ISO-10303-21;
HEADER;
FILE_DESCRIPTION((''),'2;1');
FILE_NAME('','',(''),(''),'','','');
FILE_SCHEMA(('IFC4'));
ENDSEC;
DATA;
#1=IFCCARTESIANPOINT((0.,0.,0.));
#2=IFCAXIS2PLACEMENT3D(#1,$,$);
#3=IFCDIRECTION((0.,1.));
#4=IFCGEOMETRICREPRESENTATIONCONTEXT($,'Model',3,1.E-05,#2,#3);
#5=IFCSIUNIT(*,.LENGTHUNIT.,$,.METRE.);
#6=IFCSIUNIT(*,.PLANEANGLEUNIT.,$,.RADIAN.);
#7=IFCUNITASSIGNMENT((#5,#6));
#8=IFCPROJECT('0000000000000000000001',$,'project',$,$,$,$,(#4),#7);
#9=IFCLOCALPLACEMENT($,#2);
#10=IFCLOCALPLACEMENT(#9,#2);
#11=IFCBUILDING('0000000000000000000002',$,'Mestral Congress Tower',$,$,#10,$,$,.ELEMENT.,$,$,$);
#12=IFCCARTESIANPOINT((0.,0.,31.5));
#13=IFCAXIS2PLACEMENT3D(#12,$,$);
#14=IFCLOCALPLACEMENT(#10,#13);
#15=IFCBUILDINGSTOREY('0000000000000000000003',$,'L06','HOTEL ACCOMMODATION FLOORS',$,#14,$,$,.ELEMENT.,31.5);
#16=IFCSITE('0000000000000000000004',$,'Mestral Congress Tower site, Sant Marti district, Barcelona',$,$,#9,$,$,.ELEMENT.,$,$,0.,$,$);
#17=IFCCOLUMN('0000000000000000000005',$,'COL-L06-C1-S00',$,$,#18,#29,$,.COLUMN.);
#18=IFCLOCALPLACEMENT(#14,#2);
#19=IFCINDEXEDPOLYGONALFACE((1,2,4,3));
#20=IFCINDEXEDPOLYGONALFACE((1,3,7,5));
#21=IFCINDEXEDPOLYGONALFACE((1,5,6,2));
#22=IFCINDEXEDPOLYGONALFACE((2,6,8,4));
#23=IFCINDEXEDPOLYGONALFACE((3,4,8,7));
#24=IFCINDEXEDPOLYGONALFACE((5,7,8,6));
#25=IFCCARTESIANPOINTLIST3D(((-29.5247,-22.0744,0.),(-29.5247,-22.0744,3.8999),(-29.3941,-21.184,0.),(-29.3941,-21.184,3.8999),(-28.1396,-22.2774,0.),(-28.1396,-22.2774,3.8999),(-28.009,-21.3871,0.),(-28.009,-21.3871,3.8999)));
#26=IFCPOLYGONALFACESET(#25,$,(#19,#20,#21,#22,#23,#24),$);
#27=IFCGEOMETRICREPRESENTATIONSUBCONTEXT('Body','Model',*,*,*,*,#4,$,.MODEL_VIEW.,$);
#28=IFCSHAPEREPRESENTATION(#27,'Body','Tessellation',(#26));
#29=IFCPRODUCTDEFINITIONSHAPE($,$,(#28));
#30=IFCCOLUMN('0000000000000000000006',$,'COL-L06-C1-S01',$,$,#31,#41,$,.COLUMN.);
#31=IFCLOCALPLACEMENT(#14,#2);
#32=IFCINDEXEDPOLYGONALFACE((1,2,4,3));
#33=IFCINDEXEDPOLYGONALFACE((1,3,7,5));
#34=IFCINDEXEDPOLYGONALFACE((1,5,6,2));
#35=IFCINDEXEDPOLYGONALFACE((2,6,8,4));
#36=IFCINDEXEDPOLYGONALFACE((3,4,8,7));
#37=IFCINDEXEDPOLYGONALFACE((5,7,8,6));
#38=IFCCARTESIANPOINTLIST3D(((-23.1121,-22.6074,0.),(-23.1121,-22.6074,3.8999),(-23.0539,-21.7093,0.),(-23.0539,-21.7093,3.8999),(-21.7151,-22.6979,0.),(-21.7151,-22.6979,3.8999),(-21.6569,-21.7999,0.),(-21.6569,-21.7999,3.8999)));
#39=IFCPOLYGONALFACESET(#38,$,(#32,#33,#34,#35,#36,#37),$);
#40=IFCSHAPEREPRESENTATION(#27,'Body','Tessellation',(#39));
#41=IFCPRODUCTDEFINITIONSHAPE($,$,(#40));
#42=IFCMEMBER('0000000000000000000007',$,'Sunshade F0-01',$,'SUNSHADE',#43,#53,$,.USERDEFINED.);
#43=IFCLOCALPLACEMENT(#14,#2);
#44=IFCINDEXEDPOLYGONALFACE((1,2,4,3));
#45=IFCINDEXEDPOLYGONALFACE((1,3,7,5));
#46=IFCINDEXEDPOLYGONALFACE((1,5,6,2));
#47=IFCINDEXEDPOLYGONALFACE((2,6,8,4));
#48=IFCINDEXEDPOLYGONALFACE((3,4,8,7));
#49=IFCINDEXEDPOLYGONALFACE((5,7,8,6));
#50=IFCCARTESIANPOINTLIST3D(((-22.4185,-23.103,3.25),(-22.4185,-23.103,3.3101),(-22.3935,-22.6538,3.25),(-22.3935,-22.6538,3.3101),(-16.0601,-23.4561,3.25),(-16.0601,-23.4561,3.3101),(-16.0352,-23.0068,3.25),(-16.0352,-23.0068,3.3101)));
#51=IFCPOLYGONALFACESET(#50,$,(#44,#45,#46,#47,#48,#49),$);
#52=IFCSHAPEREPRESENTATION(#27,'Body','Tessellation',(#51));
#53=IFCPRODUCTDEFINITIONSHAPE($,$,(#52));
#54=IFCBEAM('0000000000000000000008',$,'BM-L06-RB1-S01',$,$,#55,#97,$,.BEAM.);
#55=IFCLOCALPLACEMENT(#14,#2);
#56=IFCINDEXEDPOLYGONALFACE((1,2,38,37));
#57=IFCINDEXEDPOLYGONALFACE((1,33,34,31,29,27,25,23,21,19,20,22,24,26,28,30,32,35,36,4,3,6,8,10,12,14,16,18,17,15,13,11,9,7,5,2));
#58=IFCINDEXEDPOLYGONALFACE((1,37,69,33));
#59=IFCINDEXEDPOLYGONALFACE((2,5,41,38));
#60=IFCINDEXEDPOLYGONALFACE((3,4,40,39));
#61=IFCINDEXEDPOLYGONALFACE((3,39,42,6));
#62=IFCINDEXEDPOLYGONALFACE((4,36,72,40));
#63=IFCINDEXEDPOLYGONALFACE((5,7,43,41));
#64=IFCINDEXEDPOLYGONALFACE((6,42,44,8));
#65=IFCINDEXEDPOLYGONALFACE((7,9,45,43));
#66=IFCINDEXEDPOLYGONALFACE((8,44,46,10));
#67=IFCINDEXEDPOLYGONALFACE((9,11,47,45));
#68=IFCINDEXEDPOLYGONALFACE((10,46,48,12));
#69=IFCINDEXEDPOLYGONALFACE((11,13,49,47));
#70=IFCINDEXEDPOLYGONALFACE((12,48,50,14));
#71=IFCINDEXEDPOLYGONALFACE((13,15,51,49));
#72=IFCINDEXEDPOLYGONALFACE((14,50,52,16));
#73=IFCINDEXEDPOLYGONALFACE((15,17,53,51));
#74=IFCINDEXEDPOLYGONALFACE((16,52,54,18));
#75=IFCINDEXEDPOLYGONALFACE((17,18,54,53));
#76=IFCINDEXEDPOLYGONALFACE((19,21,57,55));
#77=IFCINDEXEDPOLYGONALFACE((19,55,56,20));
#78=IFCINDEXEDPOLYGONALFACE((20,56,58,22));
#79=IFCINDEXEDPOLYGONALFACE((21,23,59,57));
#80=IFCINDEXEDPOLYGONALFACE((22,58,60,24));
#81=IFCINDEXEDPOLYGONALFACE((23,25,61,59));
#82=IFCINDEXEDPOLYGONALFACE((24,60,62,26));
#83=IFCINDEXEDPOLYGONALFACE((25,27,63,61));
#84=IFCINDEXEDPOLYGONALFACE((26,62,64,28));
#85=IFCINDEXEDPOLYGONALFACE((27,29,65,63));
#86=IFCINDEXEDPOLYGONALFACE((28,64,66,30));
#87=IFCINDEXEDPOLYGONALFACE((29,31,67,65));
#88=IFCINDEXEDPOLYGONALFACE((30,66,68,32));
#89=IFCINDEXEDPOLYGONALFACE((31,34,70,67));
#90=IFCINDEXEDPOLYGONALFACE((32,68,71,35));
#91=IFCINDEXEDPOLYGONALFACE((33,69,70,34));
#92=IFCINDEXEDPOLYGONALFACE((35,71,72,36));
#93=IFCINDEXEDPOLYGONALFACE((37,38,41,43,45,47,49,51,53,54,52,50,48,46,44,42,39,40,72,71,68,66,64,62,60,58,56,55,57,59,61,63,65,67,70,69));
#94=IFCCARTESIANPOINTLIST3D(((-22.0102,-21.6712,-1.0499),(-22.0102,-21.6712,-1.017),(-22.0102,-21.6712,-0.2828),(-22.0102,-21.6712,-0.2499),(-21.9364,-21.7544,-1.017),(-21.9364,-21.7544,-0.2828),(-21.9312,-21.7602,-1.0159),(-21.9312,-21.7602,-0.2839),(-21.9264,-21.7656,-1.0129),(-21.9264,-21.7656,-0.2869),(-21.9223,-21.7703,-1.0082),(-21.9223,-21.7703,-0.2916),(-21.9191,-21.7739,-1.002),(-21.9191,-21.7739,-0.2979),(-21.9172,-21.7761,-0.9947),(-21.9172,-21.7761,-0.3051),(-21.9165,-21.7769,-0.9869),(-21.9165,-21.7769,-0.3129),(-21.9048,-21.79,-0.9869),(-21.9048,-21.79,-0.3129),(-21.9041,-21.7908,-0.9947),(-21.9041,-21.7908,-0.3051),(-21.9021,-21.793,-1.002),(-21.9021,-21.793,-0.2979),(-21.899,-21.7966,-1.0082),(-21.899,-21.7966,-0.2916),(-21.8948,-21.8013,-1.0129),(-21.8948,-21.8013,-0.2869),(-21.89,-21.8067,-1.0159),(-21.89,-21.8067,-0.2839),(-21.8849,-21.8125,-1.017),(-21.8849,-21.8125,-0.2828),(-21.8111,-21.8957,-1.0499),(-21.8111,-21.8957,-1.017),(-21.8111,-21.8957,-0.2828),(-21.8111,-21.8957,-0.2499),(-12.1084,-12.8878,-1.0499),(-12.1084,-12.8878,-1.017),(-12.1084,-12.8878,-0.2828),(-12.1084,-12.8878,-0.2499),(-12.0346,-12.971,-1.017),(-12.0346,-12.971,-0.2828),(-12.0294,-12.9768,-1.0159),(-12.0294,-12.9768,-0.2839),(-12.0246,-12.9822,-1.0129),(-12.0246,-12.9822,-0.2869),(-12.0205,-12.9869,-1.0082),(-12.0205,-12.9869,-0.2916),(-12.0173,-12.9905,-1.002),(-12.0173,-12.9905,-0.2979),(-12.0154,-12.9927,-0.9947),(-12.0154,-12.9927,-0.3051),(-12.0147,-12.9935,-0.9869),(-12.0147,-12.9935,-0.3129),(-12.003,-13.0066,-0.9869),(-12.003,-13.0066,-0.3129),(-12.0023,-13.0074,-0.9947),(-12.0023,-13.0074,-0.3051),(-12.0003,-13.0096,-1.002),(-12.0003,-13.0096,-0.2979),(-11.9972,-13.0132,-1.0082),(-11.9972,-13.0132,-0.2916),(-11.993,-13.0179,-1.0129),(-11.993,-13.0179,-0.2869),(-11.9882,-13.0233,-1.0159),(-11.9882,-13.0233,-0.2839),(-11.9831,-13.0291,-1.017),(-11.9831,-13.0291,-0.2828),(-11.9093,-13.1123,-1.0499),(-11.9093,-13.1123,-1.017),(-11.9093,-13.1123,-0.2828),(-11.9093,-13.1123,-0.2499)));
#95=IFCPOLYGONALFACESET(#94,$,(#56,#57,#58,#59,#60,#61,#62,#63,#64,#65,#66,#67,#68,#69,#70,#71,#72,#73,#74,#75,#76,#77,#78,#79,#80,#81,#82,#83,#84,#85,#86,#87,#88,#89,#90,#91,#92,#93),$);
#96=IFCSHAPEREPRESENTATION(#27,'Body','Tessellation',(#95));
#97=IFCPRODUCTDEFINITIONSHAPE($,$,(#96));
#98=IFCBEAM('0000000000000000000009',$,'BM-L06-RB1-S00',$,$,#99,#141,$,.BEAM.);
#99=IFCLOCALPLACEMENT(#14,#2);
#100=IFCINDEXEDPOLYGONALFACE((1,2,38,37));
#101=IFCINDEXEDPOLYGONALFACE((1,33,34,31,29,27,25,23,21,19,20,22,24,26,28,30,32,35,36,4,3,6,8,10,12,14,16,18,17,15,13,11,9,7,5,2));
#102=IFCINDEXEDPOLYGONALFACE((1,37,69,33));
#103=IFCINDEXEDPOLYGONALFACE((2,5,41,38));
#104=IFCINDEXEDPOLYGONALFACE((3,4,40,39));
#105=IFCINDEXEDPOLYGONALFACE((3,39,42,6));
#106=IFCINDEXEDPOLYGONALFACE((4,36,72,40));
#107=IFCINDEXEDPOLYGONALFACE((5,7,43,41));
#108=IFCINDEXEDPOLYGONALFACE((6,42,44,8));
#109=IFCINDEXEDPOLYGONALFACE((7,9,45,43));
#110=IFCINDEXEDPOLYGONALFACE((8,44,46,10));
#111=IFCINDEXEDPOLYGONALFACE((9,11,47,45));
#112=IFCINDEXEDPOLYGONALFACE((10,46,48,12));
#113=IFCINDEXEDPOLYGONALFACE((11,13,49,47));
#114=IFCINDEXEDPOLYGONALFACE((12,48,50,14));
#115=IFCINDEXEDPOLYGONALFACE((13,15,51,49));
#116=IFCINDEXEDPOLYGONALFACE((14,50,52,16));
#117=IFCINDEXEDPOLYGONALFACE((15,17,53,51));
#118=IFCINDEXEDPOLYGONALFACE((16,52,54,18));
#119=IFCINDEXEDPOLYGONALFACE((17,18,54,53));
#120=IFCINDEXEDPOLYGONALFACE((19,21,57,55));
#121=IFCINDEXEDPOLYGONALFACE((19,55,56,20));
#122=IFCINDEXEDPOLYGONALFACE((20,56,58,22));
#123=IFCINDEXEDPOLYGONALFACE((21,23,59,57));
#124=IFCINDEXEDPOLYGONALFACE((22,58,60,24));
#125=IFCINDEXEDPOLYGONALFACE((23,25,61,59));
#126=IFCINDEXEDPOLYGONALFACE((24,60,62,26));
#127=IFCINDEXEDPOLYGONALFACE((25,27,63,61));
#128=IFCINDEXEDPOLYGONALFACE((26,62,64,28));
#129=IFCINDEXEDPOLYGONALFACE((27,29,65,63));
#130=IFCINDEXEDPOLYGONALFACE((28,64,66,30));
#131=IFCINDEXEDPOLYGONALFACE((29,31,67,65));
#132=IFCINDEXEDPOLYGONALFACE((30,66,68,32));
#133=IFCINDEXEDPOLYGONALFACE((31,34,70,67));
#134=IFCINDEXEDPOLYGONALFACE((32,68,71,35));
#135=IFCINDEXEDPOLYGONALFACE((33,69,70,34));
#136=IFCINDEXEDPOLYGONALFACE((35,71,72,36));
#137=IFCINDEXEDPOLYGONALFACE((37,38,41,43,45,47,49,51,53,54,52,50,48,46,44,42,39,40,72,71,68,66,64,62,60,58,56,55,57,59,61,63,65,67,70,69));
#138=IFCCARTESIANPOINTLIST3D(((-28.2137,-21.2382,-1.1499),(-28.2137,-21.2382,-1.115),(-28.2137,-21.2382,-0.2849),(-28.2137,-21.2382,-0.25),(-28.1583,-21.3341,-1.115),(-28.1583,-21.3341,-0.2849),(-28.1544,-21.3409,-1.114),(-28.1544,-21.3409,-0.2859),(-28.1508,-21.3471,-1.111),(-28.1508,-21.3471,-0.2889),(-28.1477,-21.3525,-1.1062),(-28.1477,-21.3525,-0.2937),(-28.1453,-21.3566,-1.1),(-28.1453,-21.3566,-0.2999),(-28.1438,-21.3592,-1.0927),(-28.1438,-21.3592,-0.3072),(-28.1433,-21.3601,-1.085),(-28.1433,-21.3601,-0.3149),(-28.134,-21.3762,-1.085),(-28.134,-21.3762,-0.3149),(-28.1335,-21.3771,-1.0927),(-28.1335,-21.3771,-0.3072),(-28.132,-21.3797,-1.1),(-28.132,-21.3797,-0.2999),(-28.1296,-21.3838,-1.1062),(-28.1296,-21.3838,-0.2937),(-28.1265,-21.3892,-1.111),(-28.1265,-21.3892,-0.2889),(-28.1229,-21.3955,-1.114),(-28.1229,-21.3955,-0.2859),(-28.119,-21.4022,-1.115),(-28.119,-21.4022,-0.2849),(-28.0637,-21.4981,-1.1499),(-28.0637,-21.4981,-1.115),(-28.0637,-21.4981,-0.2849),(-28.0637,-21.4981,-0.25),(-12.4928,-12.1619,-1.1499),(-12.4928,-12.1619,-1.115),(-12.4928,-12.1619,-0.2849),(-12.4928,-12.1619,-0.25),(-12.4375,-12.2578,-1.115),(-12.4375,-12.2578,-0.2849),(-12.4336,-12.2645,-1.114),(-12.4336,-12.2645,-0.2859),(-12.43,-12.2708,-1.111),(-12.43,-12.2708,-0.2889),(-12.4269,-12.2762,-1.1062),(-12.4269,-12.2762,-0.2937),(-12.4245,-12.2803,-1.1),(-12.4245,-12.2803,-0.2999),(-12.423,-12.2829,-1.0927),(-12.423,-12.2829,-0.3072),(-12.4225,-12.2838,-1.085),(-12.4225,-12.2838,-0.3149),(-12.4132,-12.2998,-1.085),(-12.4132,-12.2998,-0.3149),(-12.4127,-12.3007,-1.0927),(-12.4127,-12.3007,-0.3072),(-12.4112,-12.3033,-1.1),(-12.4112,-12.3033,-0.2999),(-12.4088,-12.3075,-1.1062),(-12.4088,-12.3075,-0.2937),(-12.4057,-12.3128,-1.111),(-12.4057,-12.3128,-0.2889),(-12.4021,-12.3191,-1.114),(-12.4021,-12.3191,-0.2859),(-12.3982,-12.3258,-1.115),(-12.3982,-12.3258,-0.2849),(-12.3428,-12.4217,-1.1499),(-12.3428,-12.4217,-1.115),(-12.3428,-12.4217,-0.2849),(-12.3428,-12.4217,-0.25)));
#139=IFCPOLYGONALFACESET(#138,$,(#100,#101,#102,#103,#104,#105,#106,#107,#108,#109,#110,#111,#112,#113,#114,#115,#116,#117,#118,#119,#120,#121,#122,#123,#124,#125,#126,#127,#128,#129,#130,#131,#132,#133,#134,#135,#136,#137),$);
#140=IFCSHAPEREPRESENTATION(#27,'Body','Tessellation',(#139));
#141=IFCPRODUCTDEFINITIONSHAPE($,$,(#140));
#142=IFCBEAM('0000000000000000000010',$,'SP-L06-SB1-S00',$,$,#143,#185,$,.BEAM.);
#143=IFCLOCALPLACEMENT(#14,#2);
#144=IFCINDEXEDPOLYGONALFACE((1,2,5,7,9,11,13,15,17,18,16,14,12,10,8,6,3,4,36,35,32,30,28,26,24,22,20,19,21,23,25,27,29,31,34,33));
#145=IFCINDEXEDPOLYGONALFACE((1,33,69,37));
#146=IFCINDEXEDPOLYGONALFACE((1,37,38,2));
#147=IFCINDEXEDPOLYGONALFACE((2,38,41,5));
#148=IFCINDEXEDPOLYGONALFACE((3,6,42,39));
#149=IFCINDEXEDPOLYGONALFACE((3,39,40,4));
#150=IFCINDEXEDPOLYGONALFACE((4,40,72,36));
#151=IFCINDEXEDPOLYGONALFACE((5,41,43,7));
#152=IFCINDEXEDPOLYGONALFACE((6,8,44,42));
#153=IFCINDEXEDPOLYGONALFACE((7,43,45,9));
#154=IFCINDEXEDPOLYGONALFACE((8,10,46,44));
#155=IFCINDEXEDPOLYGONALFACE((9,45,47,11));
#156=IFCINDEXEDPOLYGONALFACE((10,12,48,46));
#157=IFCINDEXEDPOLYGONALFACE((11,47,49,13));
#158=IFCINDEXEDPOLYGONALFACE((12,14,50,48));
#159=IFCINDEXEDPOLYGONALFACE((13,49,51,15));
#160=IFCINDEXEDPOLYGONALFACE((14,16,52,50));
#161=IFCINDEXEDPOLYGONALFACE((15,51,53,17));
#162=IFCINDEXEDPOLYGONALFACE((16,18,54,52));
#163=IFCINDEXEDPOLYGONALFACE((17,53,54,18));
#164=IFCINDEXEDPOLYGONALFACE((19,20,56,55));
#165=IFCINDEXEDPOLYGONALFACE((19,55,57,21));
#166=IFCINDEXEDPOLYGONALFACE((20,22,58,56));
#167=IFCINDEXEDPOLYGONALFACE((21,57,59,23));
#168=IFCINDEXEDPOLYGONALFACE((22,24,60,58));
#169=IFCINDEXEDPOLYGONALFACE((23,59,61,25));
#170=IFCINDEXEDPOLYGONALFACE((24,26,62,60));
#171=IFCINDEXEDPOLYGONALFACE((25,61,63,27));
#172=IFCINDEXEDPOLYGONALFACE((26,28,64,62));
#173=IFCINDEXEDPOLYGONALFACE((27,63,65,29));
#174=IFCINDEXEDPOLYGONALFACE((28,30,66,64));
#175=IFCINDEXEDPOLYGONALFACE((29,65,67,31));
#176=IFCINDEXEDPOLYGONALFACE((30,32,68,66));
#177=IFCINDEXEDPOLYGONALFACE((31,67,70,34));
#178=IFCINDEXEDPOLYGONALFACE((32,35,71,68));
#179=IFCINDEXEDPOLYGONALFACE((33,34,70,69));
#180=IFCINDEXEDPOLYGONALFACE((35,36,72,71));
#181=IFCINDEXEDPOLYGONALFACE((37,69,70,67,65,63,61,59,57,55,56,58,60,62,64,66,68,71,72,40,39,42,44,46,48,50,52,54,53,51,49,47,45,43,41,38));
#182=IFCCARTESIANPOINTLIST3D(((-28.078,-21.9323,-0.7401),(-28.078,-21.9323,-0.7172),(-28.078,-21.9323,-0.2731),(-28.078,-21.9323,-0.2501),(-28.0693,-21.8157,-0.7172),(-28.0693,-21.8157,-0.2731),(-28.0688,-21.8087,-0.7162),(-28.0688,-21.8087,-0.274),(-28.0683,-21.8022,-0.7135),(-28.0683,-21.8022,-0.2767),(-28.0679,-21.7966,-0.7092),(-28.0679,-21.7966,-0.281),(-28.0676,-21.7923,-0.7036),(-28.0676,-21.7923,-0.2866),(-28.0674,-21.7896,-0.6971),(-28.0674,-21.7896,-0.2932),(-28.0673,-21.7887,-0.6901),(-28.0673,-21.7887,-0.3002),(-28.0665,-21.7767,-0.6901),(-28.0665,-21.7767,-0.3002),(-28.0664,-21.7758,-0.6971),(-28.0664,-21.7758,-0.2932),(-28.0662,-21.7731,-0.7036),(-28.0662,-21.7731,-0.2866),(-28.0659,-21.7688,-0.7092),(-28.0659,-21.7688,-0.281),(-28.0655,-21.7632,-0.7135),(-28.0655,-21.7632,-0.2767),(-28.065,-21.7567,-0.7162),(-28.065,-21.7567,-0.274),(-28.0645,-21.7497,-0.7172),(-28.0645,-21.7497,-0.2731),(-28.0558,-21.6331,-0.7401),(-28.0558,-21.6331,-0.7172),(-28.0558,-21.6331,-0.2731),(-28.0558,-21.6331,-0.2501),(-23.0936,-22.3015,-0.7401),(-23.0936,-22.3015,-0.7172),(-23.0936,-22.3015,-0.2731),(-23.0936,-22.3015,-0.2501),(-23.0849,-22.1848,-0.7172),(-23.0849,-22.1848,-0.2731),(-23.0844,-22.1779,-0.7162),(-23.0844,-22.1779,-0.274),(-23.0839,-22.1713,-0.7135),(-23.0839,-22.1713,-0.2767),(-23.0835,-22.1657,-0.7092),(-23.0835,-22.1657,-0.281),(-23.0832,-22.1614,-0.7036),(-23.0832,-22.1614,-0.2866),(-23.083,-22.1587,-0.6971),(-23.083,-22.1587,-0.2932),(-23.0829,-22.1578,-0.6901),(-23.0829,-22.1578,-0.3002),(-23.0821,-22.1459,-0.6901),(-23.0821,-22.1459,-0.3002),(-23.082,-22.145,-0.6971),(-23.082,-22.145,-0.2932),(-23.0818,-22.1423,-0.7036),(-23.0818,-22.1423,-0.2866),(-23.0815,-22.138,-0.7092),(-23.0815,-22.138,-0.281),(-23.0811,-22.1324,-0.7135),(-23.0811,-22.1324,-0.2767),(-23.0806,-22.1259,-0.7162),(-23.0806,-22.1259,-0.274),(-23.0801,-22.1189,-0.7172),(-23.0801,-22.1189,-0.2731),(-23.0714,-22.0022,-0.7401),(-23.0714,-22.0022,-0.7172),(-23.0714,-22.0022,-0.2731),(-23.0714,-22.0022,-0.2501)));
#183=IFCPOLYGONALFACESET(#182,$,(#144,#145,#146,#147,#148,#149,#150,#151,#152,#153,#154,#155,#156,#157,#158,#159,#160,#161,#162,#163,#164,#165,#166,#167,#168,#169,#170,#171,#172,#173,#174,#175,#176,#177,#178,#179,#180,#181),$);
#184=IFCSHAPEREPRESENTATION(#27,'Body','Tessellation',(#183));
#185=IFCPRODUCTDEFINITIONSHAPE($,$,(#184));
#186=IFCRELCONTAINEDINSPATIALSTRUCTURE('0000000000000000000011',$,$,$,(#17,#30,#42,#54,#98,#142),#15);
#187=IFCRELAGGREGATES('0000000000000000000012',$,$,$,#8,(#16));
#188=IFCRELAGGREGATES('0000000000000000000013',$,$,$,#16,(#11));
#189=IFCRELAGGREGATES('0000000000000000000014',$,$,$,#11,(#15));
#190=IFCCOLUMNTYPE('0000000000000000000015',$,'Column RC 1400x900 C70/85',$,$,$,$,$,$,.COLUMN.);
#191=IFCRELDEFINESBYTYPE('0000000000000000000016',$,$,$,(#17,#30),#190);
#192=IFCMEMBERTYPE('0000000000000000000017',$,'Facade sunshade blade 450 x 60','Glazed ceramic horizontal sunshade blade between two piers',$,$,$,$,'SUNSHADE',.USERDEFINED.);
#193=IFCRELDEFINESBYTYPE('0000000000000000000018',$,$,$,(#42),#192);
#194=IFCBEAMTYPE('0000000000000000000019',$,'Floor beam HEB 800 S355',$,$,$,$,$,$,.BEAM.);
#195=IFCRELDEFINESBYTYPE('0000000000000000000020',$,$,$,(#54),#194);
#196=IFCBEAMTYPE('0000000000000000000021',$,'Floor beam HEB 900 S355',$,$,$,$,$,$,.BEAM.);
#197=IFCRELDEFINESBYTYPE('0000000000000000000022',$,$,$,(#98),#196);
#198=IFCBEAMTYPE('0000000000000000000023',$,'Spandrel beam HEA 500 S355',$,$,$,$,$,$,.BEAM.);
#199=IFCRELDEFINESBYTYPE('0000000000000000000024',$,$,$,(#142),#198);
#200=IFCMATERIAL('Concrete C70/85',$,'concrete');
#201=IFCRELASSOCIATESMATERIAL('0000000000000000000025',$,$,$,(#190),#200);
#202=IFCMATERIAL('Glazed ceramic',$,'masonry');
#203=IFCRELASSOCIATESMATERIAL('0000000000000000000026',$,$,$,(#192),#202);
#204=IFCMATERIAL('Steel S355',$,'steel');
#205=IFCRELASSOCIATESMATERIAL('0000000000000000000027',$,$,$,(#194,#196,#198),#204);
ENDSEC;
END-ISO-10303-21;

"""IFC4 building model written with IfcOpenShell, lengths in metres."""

from ifc_helpers import new_model, si_unit, direction, frame, origin, origin_2d, place, context, subcontext, project, spatial, rectangle, i_section, extrude, material, material_profile, profile_set, type_object, element, save


model = new_model("IFC4")

# Units and contexts
model_context = context("Model", 3, precision=1e-05, world=origin(), true_north=direction((0.0, 1.0)))
body_context = subcontext(model_context, "Body", "Model", "MODEL_VIEW")
ifc_project = project(units=[si_unit("LENGTHUNIT", "METRE"), si_unit("PLANEANGLEUNIT", "RADIAN")], contexts=[model_context])

# Site, building, storey
site_placement = place(None, origin())
site = spatial("IfcSite", under=ifc_project, at=site_placement, Name="Mestral Congress Tower site, Sant Marti district, Barcelona", CompositionType="ELEMENT", RefElevation=0.0)
building_placement = place(site_placement, origin())
building = spatial("IfcBuilding", under=site, at=building_placement, Name="Mestral Congress Tower", CompositionType="ELEMENT")
storey_placement = place(building_placement, frame((0.0, 0.0, 31.5)))
storey = spatial("IfcBuildingStorey", under=building, at=storey_placement, Name="L06", Description="HOTEL ACCOMMODATION FLOORS", CompositionType="ELEMENT", Elevation=31.5)

# Columns
ifc_material_1 = material(Name="Concrete C70/85", Category="concrete")
ifc_material_profile_1 = material_profile(ifc_material_1, rectangle(XDim=1.3999, YDim=0.8999, at=origin_2d()), Name="RC 1400x900")
ifc_profile_set_1 = profile_set([ifc_material_profile_1], Name="Concrete C70/85")
column_type = type_object("IfcColumnType", Name="Column RC 1400x900 C70/85", PredefinedType="COLUMN", material=ifc_profile_set_1)
for number, where, z_axis, x_axis, name in (
    (1, (-28.7668, -21.7307, 0.0), (0.0, 0.0, 1.0), (0.989424, -0.145056, 0.0), "COL-L06-C1-S00"),
    (2, (-22.3845, -22.2036, 0.0), (0.0, 0.0, 1.0), (0.997908, -0.064658, 0.0), "COL-L06-C1-S01"),
):
    element("IfcColumn", number, at=place(storey_placement, frame(where, z_axis=z_axis, x_axis=x_axis)), inside=storey, type_object=column_type, Name=name, PredefinedType="COLUMN", context=body_context, shape_type="SweptSolid", body=[
        extrude(rectangle(XDim=1.3999, YDim=0.8999, at=origin_2d()), origin(), (0.0, 0.0, 1.0), 3.8999),
    ])

# Member
ifc_material_2 = material(Name="Glazed ceramic", Category="masonry")
ifc_material_profile_2 = material_profile(ifc_material_2, rectangle(XDim=0.45, YDim=0.0601, at=origin_2d()), Name="Ceramic blade 450 x 60")
ifc_profile_set_2 = profile_set([ifc_material_profile_2], Name="Glazed ceramic")
member_type = type_object("IfcMemberType", Name="Facade sunshade blade 450 x 60", Description="Glazed ceramic horizontal sunshade blade between two piers", ElementType="SUNSHADE", PredefinedType="USERDEFINED", material=ifc_profile_set_2)
member_placement = place(storey_placement, frame((-22.406, -22.8784, 3.28), z_axis=(0.998462, -0.055436, 0.0), x_axis=(0.055436, 0.998462, 0.0)))
element("IfcMember", 3, at=member_placement, inside=storey, type_object=member_type, Name="Sunshade F0-01", ObjectType="SUNSHADE", PredefinedType="USERDEFINED", context=body_context, shape_type="SweptSolid", body=[
    extrude(rectangle(XDim=0.45, YDim=0.0601, at=origin_2d()), origin(), (0.0, 0.0, 1.0), 6.3682),
])

# Beams
ifc_material_3 = material(Name="Steel S355", Category="steel")
ifc_material_profile_3 = material_profile(ifc_material_3, i_section(OverallWidth=0.3, OverallDepth=0.8, WebThickness=0.0176, FlangeThickness=0.033, FilletRadius=0.03, at=origin_2d()), Name="HEB 800")
ifc_profile_set_3 = profile_set([ifc_material_profile_3], Name="Steel S355")
beam_type_1 = type_object("IfcBeamType", Name="Floor beam HEB 800 S355", PredefinedType="BEAM", material=ifc_profile_set_3)
beam_1_placement = place(storey_placement, frame((-21.9106, -21.7834, -0.6499), z_axis=(0.748092, 0.663595, 0.0), x_axis=(-0.663595, 0.748092, 0.0)))
element("IfcBeam", 4, at=beam_1_placement, inside=storey, type_object=beam_type_1, Name="BM-L06-RB1-S01", PredefinedType="BEAM", context=body_context, shape_type="SweptSolid", body=[
    extrude(i_section(OverallWidth=0.3, OverallDepth=0.8, WebThickness=0.0176, FlangeThickness=0.033, FilletRadius=0.03, at=origin_2d()), origin(), (0.0, 0.0, 1.0), 13.2361),
])
ifc_material_profile_4 = material_profile(ifc_material_3, i_section(OverallWidth=0.3, OverallDepth=0.8999, WebThickness=0.0186, FlangeThickness=0.0349, FilletRadius=0.03, at=origin_2d()), Name="HEB 900")
ifc_profile_set_4 = profile_set([ifc_material_profile_4], Name="Steel S355")
beam_type_2 = type_object("IfcBeamType", Name="Floor beam HEB 900 S355", PredefinedType="BEAM", material=ifc_profile_set_4)
beam_2_placement = place(storey_placement, frame((-28.1387, -21.3682, -0.7), z_axis=(0.866027, 0.499997, 0.0), x_axis=(-0.499997, 0.866027, 0.0)))
element("IfcBeam", 5, at=beam_2_placement, inside=storey, type_object=beam_type_2, Name="BM-L06-RB1-S00", PredefinedType="BEAM", context=body_context, shape_type="SweptSolid", body=[
    extrude(i_section(OverallWidth=0.3, OverallDepth=0.8999, WebThickness=0.0186, FlangeThickness=0.0349, FilletRadius=0.03, at=origin_2d()), origin(), (0.0, 0.0, 1.0), 18.1528),
])
ifc_material_profile_5 = material_profile(ifc_material_3, i_section(OverallWidth=0.3, OverallDepth=0.49, WebThickness=0.012, FlangeThickness=0.0229, FilletRadius=0.0271, at=origin_2d()), Name="HEA 500")
ifc_profile_set_5 = profile_set([ifc_material_profile_5], Name="Steel S355")
beam_type_3 = type_object("IfcBeamType", Name="Spandrel beam HEA 500 S355", PredefinedType="BEAM", material=ifc_profile_set_5)
beam_3_placement = place(storey_placement, frame((-28.0669, -21.7827, -0.4951), z_axis=(0.997269, -0.073857, 0.0), x_axis=(0.073857, 0.997269, 0.0)))
element("IfcBeam", 6, at=beam_3_placement, inside=storey, type_object=beam_type_3, Name="SP-L06-SB1-S00", PredefinedType="BEAM", context=body_context, shape_type="SweptSolid", body=[
    extrude(i_section(OverallWidth=0.3, OverallDepth=0.49, WebThickness=0.012, FlangeThickness=0.0229, FilletRadius=0.0271, at=origin_2d()), origin(), (0.0, 0.0, 1.0), 4.998),
])

save(model, "model.ifc")
